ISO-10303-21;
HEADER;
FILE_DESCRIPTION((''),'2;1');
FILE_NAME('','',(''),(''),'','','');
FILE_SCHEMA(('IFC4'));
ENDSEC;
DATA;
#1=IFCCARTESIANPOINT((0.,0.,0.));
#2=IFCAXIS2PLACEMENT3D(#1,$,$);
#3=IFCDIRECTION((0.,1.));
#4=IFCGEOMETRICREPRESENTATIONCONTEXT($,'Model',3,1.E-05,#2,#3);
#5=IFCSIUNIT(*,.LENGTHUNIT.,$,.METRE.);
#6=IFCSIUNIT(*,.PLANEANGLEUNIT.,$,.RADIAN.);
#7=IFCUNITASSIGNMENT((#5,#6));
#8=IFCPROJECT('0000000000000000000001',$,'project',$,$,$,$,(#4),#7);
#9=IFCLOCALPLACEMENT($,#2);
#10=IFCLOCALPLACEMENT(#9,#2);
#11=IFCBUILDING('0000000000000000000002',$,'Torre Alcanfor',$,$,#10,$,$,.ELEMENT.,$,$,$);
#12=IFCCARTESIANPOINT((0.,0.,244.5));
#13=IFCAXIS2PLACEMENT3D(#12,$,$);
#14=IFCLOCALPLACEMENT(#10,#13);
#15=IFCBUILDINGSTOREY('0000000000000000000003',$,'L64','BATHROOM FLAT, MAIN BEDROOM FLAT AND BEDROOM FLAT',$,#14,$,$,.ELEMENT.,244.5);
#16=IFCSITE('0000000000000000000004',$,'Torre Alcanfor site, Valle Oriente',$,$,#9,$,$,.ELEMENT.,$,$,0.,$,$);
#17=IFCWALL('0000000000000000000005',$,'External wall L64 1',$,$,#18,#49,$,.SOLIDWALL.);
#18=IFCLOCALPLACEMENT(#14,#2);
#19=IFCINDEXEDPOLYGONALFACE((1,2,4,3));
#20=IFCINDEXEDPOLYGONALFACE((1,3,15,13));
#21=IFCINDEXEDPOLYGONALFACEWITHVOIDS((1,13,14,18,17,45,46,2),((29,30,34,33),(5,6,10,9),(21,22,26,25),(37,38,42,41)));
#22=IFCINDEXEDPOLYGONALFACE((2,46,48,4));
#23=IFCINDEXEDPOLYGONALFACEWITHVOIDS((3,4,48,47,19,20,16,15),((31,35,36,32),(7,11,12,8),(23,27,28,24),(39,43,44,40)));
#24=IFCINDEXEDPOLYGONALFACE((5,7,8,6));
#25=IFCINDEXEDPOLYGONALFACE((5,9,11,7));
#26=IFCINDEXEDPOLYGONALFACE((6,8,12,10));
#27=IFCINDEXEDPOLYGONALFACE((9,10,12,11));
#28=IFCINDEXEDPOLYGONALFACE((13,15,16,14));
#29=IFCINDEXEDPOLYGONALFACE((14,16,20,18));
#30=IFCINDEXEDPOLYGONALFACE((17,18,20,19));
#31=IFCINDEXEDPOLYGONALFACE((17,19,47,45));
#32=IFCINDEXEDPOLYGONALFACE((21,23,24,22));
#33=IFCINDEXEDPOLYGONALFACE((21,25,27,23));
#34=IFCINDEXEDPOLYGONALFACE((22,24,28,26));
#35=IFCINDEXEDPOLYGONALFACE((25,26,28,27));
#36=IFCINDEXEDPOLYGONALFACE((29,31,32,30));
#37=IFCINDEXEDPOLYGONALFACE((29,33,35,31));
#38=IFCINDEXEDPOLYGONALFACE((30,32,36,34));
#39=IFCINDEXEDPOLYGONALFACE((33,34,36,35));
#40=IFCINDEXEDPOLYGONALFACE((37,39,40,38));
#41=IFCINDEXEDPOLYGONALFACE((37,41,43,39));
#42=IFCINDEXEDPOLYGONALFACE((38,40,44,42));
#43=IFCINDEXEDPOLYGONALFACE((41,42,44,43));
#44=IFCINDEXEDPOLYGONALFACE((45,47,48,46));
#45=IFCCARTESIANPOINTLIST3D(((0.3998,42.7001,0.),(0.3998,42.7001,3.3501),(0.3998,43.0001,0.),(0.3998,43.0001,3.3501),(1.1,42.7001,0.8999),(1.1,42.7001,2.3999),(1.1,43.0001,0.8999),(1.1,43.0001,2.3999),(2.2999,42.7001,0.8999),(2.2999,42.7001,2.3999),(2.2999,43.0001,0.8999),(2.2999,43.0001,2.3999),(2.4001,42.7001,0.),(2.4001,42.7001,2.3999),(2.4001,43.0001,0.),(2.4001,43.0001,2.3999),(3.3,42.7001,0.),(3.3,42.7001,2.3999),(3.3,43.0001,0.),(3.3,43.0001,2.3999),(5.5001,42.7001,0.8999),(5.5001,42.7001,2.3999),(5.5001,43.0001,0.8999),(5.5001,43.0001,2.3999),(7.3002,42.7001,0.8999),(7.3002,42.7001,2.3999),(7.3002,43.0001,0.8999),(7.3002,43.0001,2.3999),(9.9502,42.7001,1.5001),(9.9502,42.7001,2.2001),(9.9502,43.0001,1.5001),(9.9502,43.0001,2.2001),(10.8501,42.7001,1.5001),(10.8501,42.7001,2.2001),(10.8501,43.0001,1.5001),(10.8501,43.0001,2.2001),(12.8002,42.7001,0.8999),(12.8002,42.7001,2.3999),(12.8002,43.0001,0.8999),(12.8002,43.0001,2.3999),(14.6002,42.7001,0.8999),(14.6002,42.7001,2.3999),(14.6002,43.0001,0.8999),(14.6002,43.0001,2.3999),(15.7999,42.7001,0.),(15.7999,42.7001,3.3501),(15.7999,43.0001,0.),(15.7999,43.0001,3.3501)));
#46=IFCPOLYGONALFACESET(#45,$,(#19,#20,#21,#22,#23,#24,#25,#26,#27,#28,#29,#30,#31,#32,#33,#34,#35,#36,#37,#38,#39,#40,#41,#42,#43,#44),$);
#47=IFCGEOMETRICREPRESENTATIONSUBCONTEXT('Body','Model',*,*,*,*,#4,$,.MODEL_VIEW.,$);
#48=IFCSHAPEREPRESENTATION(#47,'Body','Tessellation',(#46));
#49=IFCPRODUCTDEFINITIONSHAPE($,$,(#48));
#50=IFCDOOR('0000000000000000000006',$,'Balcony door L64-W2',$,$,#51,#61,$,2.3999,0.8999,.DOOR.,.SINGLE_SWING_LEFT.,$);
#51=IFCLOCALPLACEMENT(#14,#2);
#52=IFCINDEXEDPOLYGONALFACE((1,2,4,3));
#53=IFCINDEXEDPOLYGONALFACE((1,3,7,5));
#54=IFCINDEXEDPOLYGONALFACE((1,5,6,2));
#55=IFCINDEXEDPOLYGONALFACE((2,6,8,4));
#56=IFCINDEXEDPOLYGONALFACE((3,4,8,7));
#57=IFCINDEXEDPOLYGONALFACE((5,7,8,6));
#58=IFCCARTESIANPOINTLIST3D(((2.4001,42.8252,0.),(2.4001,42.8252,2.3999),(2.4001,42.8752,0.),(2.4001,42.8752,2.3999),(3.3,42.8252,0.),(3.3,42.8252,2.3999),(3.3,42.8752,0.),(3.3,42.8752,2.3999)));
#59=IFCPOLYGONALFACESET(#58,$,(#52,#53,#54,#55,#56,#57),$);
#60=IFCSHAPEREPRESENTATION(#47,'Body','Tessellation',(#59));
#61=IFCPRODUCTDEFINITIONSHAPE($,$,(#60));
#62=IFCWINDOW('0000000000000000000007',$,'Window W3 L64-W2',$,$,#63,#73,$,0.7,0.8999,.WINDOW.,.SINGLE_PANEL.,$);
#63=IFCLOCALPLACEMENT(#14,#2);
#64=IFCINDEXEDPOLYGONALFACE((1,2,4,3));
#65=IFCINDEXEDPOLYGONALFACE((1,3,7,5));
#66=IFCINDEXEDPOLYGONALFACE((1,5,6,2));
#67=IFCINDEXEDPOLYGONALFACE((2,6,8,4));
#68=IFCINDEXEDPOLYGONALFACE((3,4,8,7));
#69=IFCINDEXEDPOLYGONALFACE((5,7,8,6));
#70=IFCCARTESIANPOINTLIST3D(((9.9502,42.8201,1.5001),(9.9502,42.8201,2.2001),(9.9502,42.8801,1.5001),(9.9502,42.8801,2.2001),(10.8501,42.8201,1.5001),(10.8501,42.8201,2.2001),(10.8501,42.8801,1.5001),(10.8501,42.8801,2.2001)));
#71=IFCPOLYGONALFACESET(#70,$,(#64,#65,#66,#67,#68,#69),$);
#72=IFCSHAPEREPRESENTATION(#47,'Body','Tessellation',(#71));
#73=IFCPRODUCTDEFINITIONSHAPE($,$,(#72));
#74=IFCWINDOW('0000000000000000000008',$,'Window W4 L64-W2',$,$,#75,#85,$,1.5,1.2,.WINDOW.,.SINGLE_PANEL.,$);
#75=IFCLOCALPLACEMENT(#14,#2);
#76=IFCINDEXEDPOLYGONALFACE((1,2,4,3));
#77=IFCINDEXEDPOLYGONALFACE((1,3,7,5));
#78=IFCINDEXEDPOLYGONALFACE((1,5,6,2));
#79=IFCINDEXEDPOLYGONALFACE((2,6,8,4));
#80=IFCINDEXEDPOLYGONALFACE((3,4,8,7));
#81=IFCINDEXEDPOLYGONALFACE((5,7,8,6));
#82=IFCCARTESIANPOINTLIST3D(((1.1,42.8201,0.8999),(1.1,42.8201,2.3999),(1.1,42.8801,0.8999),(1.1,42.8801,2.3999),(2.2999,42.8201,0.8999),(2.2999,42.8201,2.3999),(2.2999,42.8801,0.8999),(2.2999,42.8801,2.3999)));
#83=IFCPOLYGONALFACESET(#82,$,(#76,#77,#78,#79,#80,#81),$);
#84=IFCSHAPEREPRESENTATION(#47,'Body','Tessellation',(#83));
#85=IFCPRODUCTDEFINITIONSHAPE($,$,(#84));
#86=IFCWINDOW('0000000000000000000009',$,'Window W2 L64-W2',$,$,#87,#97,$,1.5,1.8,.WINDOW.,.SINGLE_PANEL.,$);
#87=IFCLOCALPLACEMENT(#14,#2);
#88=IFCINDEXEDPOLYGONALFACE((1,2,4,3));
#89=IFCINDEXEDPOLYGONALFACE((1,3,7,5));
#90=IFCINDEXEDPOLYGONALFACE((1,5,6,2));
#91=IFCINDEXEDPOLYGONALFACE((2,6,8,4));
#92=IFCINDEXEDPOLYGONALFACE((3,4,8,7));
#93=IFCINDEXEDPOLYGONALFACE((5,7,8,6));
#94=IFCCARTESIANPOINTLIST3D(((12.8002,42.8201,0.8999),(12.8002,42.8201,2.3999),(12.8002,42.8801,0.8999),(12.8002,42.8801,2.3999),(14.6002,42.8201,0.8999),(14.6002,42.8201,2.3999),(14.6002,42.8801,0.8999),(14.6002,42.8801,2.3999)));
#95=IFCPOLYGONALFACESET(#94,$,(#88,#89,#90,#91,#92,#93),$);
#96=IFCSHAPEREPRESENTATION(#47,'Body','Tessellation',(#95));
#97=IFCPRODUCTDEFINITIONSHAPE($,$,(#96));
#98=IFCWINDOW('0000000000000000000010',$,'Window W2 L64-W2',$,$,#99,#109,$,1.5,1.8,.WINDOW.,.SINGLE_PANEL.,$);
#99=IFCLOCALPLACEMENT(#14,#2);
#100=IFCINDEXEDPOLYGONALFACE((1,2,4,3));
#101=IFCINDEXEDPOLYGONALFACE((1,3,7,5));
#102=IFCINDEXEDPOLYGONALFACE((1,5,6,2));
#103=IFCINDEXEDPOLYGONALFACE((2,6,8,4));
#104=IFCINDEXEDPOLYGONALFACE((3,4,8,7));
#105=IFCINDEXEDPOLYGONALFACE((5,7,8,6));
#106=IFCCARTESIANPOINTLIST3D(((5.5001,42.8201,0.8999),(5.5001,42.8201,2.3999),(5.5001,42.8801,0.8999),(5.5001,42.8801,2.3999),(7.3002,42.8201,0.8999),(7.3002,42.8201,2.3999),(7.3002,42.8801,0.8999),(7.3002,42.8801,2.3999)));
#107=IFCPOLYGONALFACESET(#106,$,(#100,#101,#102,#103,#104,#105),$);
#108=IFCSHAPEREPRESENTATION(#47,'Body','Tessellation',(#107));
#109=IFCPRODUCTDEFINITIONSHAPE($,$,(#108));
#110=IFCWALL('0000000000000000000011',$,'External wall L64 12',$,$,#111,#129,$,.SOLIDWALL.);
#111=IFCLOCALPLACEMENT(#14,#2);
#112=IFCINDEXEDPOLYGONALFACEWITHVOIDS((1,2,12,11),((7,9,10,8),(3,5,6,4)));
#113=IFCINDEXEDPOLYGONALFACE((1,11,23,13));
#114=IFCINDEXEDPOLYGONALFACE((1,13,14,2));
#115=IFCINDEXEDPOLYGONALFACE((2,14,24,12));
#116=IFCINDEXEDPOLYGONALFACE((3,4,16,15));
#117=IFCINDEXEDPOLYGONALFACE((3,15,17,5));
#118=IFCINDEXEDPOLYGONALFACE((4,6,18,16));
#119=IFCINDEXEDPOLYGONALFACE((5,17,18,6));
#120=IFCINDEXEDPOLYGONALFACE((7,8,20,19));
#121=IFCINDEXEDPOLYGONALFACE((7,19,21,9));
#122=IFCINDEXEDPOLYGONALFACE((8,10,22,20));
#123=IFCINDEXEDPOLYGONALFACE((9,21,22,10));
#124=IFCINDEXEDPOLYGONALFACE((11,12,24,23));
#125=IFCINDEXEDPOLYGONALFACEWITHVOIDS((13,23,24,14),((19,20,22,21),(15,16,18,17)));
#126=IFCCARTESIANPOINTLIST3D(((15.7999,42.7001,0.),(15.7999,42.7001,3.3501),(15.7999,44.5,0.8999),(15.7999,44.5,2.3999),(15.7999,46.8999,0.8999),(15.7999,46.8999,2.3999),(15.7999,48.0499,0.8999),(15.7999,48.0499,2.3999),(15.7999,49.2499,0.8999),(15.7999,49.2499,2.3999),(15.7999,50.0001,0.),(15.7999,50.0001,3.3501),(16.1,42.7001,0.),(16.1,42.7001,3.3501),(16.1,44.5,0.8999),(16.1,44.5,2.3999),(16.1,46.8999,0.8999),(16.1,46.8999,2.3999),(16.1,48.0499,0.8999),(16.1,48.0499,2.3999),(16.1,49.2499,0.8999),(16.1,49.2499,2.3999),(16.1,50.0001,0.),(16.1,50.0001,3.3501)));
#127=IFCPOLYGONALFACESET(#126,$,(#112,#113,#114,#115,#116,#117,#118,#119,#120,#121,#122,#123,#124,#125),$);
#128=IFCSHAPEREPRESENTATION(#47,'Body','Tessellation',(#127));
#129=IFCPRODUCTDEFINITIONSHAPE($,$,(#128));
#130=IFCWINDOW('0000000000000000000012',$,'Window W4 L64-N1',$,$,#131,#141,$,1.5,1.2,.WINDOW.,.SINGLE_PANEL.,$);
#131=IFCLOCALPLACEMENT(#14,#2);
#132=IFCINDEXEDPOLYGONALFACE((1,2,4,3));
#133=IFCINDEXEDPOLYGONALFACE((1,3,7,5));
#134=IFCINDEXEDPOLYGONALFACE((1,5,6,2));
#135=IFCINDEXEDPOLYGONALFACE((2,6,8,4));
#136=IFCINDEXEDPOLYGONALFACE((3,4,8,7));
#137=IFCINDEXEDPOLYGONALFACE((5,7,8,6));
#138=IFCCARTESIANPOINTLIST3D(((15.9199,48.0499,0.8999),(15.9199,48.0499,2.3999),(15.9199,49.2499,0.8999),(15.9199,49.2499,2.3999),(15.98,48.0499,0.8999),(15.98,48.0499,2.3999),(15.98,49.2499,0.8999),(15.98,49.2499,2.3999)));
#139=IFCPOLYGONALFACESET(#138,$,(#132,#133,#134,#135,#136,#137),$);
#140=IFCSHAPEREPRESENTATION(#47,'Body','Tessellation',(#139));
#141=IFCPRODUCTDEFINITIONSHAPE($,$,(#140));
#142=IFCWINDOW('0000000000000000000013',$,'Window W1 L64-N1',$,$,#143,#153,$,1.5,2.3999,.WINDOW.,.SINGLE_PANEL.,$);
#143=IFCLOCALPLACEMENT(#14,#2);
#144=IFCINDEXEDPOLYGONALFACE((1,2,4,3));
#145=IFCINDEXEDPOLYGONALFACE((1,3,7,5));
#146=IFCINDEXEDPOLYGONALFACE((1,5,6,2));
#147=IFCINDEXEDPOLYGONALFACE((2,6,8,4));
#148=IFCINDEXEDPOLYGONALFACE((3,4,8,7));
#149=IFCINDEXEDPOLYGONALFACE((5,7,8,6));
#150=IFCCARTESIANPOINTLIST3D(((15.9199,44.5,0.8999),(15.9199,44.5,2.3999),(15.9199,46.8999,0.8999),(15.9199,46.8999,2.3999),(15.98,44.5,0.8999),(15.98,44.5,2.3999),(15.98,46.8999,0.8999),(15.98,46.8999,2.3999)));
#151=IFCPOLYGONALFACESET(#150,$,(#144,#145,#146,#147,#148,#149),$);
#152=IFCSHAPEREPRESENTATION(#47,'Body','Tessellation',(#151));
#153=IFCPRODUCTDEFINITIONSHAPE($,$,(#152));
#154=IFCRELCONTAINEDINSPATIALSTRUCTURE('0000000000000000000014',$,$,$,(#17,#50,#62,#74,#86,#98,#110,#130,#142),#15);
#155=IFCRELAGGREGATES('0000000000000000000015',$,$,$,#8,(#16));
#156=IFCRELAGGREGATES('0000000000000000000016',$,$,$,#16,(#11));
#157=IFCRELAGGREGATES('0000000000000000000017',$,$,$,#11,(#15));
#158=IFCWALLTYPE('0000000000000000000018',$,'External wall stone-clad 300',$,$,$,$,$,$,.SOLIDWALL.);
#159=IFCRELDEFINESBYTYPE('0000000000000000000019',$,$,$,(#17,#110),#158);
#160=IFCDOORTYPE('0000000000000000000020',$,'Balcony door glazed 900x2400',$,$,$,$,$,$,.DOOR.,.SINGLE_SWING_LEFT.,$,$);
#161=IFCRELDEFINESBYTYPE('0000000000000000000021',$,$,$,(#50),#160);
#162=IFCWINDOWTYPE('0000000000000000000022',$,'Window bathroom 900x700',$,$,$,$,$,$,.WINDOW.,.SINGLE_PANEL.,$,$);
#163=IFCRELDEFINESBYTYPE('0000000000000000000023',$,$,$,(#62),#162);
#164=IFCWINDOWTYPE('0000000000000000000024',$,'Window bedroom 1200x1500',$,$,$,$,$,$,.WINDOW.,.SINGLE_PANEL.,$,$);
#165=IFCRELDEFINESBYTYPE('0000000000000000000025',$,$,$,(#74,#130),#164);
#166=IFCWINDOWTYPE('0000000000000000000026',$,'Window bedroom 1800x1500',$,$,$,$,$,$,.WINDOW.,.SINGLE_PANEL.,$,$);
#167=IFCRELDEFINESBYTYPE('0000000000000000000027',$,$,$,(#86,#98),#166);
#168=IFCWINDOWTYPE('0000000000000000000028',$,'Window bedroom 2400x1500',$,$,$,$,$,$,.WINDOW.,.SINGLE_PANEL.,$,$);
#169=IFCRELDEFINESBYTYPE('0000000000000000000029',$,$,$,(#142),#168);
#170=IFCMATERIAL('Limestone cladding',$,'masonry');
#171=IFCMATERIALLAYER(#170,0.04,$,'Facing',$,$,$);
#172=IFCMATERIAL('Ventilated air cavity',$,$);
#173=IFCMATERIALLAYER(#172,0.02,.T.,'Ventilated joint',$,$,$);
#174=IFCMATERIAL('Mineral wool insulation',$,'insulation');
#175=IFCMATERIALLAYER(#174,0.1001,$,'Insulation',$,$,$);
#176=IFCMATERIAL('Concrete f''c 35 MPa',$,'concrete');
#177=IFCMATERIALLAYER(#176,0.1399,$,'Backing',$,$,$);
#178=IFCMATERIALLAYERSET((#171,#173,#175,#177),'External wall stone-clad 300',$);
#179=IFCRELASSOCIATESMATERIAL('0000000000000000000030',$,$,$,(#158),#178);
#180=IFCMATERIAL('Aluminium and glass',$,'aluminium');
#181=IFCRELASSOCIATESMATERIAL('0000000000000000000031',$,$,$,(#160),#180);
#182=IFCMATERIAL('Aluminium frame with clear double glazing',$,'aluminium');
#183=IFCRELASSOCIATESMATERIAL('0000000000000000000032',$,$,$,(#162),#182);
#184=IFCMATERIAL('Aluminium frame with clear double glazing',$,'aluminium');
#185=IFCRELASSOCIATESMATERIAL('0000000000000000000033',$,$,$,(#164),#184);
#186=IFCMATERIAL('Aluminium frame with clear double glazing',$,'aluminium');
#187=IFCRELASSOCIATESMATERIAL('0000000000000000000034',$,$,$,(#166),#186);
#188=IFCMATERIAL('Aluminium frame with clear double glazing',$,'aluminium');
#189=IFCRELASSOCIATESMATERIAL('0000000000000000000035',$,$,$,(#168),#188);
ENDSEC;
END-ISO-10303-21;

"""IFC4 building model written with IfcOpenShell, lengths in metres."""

from ifc_helpers import new_model, si_unit, direction, frame, frame_2d, origin, place, context, subcontext, project, spatial, rectangle, extrude, material, layer, layer_set, type_object, element, fill, save


model = new_model("IFC4")

# Units and contexts
model_context = context("Model", 3, precision=1e-05, world=origin(), true_north=direction((0.0, 1.0)))
body_context = subcontext(model_context, "Body", "Model", "MODEL_VIEW")
ifc_project = project(units=[si_unit("LENGTHUNIT", "METRE"), si_unit("PLANEANGLEUNIT", "RADIAN")], contexts=[model_context])

# Site, building, storey
site_placement = place(None, origin())
site = spatial("IfcSite", under=ifc_project, at=site_placement, Name="Torre Alcanfor site, Valle Oriente", CompositionType="ELEMENT", RefElevation=0.0)
building_placement = place(site_placement, origin())
building = spatial("IfcBuilding", under=site, at=building_placement, Name="Torre Alcanfor", CompositionType="ELEMENT")
storey_placement = place(building_placement, frame((0.0, 0.0, 244.5)))
storey = spatial("IfcBuildingStorey", under=building, at=storey_placement, Name="L64", Description="BATHROOM FLAT, MAIN BEDROOM FLAT AND BEDROOM FLAT", CompositionType="ELEMENT", Elevation=244.5)

# Wall, openings, door, windows
ifc_material_1 = material(Name="Limestone cladding", Category="masonry")
ifc_layer_1 = layer(ifc_material_1, 0.04, Name="Facing")
ifc_material_2 = material(Name="Ventilated air cavity")
ifc_layer_2 = layer(ifc_material_2, 0.02, ventilated=True, Name="Ventilated joint")
ifc_material_3 = material(Name="Mineral wool insulation", Category="insulation")
ifc_layer_3 = layer(ifc_material_3, 0.1001, Name="Insulation")
ifc_material_4 = material(Name="Concrete f'c 35 MPa", Category="concrete")
ifc_layer_4 = layer(ifc_material_4, 0.1399, Name="Backing")
ifc_layer_set_1 = layer_set([ifc_layer_1, ifc_layer_2, ifc_layer_3, ifc_layer_4], Name="External wall stone-clad 300")
wall_type_1 = type_object("IfcWallType", Name="External wall stone-clad 300", PredefinedType="SOLIDWALL", material=ifc_layer_set_1)
wall_1_placement = place(storey_placement, frame((15.8, 42.8501, 0.0), z_axis=(0.0, 0.0, 1.0), x_axis=(-1.0, 0.0, 0.0)))
wall_1 = element("IfcWall", 1, at=wall_1_placement, inside=storey, type_object=wall_type_1, Name="External wall L64 1", PredefinedType="SOLIDWALL", context=body_context, shape_type="SweptSolid", body=[
    extrude(rectangle(XDim=15.4001, YDim=0.3, at=frame_2d((7.7002, 0.0))), origin(), (0.0, 0.0, 1.0), 3.3501),
])
opening_1_placement = place(wall_1_placement, frame((1.2, 0.0, 0.8999)))
opening_1 = element("IfcOpeningElement", 2, at=opening_1_placement, cuts=wall_1, PredefinedType="OPENING", context=body_context, shape_type="SweptSolid", body=[
    extrude(rectangle(XDim=1.8, YDim=1.5, at=frame_2d((0.8999, 0.75))), frame((0.0, 0.1599, 0.0), z_axis=(0.0, -1.0, 0.0), x_axis=(1.0, 0.0, 0.0)), (0.0, 0.0, 1.0), 0.3201),
])
opening_2_placement = place(wall_1_placement, frame((4.95, 0.0, 1.5)))
opening_2 = element("IfcOpeningElement", 3, at=opening_2_placement, cuts=wall_1, PredefinedType="OPENING", context=body_context, shape_type="SweptSolid", body=[
    extrude(rectangle(XDim=0.8999, YDim=0.7, at=frame_2d((0.45, 0.3501))), frame((0.0, 0.1599, 0.0), z_axis=(0.0, -1.0, 0.0), x_axis=(1.0, 0.0, 0.0)), (0.0, 0.0, 1.0), 0.3201),
])
opening_3_placement = place(wall_1_placement, frame((8.5, 0.0, 0.8999)))
opening_3 = element("IfcOpeningElement", 4, at=opening_3_placement, cuts=wall_1, PredefinedType="OPENING", context=body_context, shape_type="SweptSolid", body=[
    extrude(rectangle(XDim=1.8, YDim=1.5, at=frame_2d((0.8999, 0.75))), frame((0.0, 0.1599, 0.0), z_axis=(0.0, -1.0, 0.0), x_axis=(1.0, 0.0, 0.0)), (0.0, 0.0, 1.0), 0.3201),
])
opening_4_placement = place(wall_1_placement, frame((12.5, 0.0, 0.0)))
opening_4 = element("IfcOpeningElement", 5, at=opening_4_placement, cuts=wall_1, PredefinedType="OPENING", context=body_context, shape_type="SweptSolid", body=[
    extrude(rectangle(XDim=0.8999, YDim=2.3999, at=frame_2d((0.45, 1.2))), frame((0.0, 0.1599, 0.0), z_axis=(0.0, -1.0, 0.0), x_axis=(1.0, 0.0, 0.0)), (0.0, 0.0, 1.0), 0.3201),
])
opening_5_placement = place(wall_1_placement, frame((13.5, 0.0, 0.8999)))
opening_5 = element("IfcOpeningElement", 6, at=opening_5_placement, cuts=wall_1, PredefinedType="OPENING", context=body_context, shape_type="SweptSolid", body=[
    extrude(rectangle(XDim=1.2, YDim=1.5, at=frame_2d((0.6001, 0.75))), frame((0.0, 0.1599, 0.0), z_axis=(0.0, -1.0, 0.0), x_axis=(1.0, 0.0, 0.0)), (0.0, 0.0, 1.0), 0.3201),
])
ifc_material_5 = material(Name="Aluminium and glass", Category="aluminium")
door_type = type_object("IfcDoorType", Name="Balcony door glazed 900x2400", OperationType="SINGLE_SWING_LEFT", PredefinedType="DOOR", material=ifc_material_5)
door_placement = place(opening_4_placement, origin())
door = element("IfcDoor", 7, at=door_placement, inside=storey, type_object=door_type, Name="Balcony door L64-W2", OperationType="SINGLE_SWING_LEFT", OverallHeight=2.3999, OverallWidth=0.8999, PredefinedType="DOOR", context=body_context, shape_type="SweptSolid", body=[
    extrude(rectangle(XDim=0.8999, YDim=2.3999, at=frame_2d((0.45, 1.2))), frame((0.0, 0.0249, 0.0), z_axis=(0.0, -1.0, 0.0), x_axis=(1.0, 0.0, 0.0)), (0.0, 0.0, 1.0), 0.05),
])
fill(opening_4, door)
ifc_material_6 = material(Name="Aluminium frame with clear double glazing", Category="aluminium")
window_type_1 = type_object("IfcWindowType", Name="Window bathroom 900x700", PartitioningType="SINGLE_PANEL", PredefinedType="WINDOW", material=ifc_material_6)
window_1_placement = place(opening_2_placement, origin())
window_1 = element("IfcWindow", 8, at=window_1_placement, inside=storey, type_object=window_type_1, Name="Window W3 L64-W2", OverallHeight=0.7, OverallWidth=0.8999, PartitioningType="SINGLE_PANEL", PredefinedType="WINDOW", context=body_context, shape_type="SweptSolid", body=[
    extrude(rectangle(XDim=0.8999, YDim=0.7, at=frame_2d((0.45, 0.3501))), frame((0.0, 0.03, 0.0), z_axis=(0.0, -1.0, 0.0), x_axis=(1.0, 0.0, 0.0)), (0.0, 0.0, 1.0), 0.0601),
])
fill(opening_2, window_1)
ifc_material_7 = material(Name="Aluminium frame with clear double glazing", Category="aluminium")
window_type_2 = type_object("IfcWindowType", Name="Window bedroom 1200x1500", PartitioningType="SINGLE_PANEL", PredefinedType="WINDOW", material=ifc_material_7)
window_2_placement = place(opening_5_placement, origin())
window_2 = element("IfcWindow", 9, at=window_2_placement, inside=storey, type_object=window_type_2, Name="Window W4 L64-W2", OverallHeight=1.5, OverallWidth=1.2, PartitioningType="SINGLE_PANEL", PredefinedType="WINDOW", context=body_context, shape_type="SweptSolid", body=[
    extrude(rectangle(XDim=1.2, YDim=1.5, at=frame_2d((0.6001, 0.75))), frame((0.0, 0.03, 0.0), z_axis=(0.0, -1.0, 0.0), x_axis=(1.0, 0.0, 0.0)), (0.0, 0.0, 1.0), 0.0601),
])
fill(opening_5, window_2)
ifc_material_8 = material(Name="Aluminium frame with clear double glazing", Category="aluminium")
window_type_3 = type_object("IfcWindowType", Name="Window bedroom 1800x1500", PartitioningType="SINGLE_PANEL", PredefinedType="WINDOW", material=ifc_material_8)
window_3_placement = place(opening_1_placement, origin())
window_3 = element("IfcWindow", 10, at=window_3_placement, inside=storey, type_object=window_type_3, Name="Window W2 L64-W2", OverallHeight=1.5, OverallWidth=1.8, PartitioningType="SINGLE_PANEL", PredefinedType="WINDOW", context=body_context, shape_type="SweptSolid", body=[
    extrude(rectangle(XDim=1.8, YDim=1.5, at=frame_2d((0.8999, 0.75))), frame((0.0, 0.03, 0.0), z_axis=(0.0, -1.0, 0.0), x_axis=(1.0, 0.0, 0.0)), (0.0, 0.0, 1.0), 0.0601),
])
fill(opening_1, window_3)
window_4_placement = place(opening_3_placement, origin())
window_4 = element("IfcWindow", 11, at=window_4_placement, inside=storey, type_object=window_type_3, Name="Window W2 L64-W2", OverallHeight=1.5, OverallWidth=1.8, PartitioningType="SINGLE_PANEL", PredefinedType="WINDOW", context=body_context, shape_type="SweptSolid", body=[
    extrude(rectangle(XDim=1.8, YDim=1.5, at=frame_2d((0.8999, 0.75))), frame((0.0, 0.03, 0.0), z_axis=(0.0, -1.0, 0.0), x_axis=(1.0, 0.0, 0.0)), (0.0, 0.0, 1.0), 0.0601),
])
fill(opening_3, window_4)

# Wall, openings, windows
wall_2_placement = place(storey_placement, frame((15.95, 50.0, 0.0), z_axis=(0.0, 0.0, 1.0), x_axis=(0.0, -1.0, 0.0)))
wall_2 = element("IfcWall", 12, at=wall_2_placement, inside=storey, type_object=wall_type_1, Name="External wall L64 12", PredefinedType="SOLIDWALL", context=body_context, shape_type="SweptSolid", body=[
    extrude(rectangle(XDim=7.3, YDim=0.3, at=frame_2d((3.6499, 0.0))), origin(), (0.0, 0.0, 1.0), 3.3501),
])
opening_6_placement = place(wall_2_placement, frame((3.1001, 0.0, 0.8999)))
opening_6 = element("IfcOpeningElement", 13, at=opening_6_placement, cuts=wall_2, PredefinedType="OPENING", context=body_context, shape_type="SweptSolid", body=[
    extrude(rectangle(XDim=2.3999, YDim=1.5, at=frame_2d((1.2, 0.75))), frame((0.0, 0.1599, 0.0), z_axis=(0.0, -1.0, 0.0), x_axis=(1.0, 0.0, 0.0)), (0.0, 0.0, 1.0), 0.3201),
])
opening_7_placement = place(wall_2_placement, frame((0.75, 0.0, 0.8999)))
opening_7 = element("IfcOpeningElement", 14, at=opening_7_placement, cuts=wall_2, PredefinedType="OPENING", context=body_context, shape_type="SweptSolid", body=[
    extrude(rectangle(XDim=1.2, YDim=1.5, at=frame_2d((0.6001, 0.75))), frame((0.0, 0.1599, 0.0), z_axis=(0.0, -1.0, 0.0), x_axis=(1.0, 0.0, 0.0)), (0.0, 0.0, 1.0), 0.3201),
])
window_5_placement = place(opening_7_placement, origin())
window_5 = element("IfcWindow", 15, at=window_5_placement, inside=storey, type_object=window_type_2, Name="Window W4 L64-N1", OverallHeight=1.5, OverallWidth=1.2, PartitioningType="SINGLE_PANEL", PredefinedType="WINDOW", context=body_context, shape_type="SweptSolid", body=[
    extrude(rectangle(XDim=1.2, YDim=1.5, at=frame_2d((0.6001, 0.75))), frame((0.0, 0.03, 0.0), z_axis=(0.0, -1.0, 0.0), x_axis=(1.0, 0.0, 0.0)), (0.0, 0.0, 1.0), 0.0601),
])
fill(opening_7, window_5)
ifc_material_9 = material(Name="Aluminium frame with clear double glazing", Category="aluminium")
window_type_4 = type_object("IfcWindowType", Name="Window bedroom 2400x1500", PartitioningType="SINGLE_PANEL", PredefinedType="WINDOW", material=ifc_material_9)
window_6_placement = place(opening_6_placement, origin())
window_6 = element("IfcWindow", 16, at=window_6_placement, inside=storey, type_object=window_type_4, Name="Window W1 L64-N1", OverallHeight=1.5, OverallWidth=2.3999, PartitioningType="SINGLE_PANEL", PredefinedType="WINDOW", context=body_context, shape_type="SweptSolid", body=[
    extrude(rectangle(XDim=2.3999, YDim=1.5, at=frame_2d((1.2, 0.75))), frame((0.0, 0.03, 0.0), z_axis=(0.0, -1.0, 0.0), x_axis=(1.0, 0.0, 0.0)), (0.0, 0.0, 1.0), 0.0601),
])
fill(opening_6, window_6)

save(model, "model.ifc")
